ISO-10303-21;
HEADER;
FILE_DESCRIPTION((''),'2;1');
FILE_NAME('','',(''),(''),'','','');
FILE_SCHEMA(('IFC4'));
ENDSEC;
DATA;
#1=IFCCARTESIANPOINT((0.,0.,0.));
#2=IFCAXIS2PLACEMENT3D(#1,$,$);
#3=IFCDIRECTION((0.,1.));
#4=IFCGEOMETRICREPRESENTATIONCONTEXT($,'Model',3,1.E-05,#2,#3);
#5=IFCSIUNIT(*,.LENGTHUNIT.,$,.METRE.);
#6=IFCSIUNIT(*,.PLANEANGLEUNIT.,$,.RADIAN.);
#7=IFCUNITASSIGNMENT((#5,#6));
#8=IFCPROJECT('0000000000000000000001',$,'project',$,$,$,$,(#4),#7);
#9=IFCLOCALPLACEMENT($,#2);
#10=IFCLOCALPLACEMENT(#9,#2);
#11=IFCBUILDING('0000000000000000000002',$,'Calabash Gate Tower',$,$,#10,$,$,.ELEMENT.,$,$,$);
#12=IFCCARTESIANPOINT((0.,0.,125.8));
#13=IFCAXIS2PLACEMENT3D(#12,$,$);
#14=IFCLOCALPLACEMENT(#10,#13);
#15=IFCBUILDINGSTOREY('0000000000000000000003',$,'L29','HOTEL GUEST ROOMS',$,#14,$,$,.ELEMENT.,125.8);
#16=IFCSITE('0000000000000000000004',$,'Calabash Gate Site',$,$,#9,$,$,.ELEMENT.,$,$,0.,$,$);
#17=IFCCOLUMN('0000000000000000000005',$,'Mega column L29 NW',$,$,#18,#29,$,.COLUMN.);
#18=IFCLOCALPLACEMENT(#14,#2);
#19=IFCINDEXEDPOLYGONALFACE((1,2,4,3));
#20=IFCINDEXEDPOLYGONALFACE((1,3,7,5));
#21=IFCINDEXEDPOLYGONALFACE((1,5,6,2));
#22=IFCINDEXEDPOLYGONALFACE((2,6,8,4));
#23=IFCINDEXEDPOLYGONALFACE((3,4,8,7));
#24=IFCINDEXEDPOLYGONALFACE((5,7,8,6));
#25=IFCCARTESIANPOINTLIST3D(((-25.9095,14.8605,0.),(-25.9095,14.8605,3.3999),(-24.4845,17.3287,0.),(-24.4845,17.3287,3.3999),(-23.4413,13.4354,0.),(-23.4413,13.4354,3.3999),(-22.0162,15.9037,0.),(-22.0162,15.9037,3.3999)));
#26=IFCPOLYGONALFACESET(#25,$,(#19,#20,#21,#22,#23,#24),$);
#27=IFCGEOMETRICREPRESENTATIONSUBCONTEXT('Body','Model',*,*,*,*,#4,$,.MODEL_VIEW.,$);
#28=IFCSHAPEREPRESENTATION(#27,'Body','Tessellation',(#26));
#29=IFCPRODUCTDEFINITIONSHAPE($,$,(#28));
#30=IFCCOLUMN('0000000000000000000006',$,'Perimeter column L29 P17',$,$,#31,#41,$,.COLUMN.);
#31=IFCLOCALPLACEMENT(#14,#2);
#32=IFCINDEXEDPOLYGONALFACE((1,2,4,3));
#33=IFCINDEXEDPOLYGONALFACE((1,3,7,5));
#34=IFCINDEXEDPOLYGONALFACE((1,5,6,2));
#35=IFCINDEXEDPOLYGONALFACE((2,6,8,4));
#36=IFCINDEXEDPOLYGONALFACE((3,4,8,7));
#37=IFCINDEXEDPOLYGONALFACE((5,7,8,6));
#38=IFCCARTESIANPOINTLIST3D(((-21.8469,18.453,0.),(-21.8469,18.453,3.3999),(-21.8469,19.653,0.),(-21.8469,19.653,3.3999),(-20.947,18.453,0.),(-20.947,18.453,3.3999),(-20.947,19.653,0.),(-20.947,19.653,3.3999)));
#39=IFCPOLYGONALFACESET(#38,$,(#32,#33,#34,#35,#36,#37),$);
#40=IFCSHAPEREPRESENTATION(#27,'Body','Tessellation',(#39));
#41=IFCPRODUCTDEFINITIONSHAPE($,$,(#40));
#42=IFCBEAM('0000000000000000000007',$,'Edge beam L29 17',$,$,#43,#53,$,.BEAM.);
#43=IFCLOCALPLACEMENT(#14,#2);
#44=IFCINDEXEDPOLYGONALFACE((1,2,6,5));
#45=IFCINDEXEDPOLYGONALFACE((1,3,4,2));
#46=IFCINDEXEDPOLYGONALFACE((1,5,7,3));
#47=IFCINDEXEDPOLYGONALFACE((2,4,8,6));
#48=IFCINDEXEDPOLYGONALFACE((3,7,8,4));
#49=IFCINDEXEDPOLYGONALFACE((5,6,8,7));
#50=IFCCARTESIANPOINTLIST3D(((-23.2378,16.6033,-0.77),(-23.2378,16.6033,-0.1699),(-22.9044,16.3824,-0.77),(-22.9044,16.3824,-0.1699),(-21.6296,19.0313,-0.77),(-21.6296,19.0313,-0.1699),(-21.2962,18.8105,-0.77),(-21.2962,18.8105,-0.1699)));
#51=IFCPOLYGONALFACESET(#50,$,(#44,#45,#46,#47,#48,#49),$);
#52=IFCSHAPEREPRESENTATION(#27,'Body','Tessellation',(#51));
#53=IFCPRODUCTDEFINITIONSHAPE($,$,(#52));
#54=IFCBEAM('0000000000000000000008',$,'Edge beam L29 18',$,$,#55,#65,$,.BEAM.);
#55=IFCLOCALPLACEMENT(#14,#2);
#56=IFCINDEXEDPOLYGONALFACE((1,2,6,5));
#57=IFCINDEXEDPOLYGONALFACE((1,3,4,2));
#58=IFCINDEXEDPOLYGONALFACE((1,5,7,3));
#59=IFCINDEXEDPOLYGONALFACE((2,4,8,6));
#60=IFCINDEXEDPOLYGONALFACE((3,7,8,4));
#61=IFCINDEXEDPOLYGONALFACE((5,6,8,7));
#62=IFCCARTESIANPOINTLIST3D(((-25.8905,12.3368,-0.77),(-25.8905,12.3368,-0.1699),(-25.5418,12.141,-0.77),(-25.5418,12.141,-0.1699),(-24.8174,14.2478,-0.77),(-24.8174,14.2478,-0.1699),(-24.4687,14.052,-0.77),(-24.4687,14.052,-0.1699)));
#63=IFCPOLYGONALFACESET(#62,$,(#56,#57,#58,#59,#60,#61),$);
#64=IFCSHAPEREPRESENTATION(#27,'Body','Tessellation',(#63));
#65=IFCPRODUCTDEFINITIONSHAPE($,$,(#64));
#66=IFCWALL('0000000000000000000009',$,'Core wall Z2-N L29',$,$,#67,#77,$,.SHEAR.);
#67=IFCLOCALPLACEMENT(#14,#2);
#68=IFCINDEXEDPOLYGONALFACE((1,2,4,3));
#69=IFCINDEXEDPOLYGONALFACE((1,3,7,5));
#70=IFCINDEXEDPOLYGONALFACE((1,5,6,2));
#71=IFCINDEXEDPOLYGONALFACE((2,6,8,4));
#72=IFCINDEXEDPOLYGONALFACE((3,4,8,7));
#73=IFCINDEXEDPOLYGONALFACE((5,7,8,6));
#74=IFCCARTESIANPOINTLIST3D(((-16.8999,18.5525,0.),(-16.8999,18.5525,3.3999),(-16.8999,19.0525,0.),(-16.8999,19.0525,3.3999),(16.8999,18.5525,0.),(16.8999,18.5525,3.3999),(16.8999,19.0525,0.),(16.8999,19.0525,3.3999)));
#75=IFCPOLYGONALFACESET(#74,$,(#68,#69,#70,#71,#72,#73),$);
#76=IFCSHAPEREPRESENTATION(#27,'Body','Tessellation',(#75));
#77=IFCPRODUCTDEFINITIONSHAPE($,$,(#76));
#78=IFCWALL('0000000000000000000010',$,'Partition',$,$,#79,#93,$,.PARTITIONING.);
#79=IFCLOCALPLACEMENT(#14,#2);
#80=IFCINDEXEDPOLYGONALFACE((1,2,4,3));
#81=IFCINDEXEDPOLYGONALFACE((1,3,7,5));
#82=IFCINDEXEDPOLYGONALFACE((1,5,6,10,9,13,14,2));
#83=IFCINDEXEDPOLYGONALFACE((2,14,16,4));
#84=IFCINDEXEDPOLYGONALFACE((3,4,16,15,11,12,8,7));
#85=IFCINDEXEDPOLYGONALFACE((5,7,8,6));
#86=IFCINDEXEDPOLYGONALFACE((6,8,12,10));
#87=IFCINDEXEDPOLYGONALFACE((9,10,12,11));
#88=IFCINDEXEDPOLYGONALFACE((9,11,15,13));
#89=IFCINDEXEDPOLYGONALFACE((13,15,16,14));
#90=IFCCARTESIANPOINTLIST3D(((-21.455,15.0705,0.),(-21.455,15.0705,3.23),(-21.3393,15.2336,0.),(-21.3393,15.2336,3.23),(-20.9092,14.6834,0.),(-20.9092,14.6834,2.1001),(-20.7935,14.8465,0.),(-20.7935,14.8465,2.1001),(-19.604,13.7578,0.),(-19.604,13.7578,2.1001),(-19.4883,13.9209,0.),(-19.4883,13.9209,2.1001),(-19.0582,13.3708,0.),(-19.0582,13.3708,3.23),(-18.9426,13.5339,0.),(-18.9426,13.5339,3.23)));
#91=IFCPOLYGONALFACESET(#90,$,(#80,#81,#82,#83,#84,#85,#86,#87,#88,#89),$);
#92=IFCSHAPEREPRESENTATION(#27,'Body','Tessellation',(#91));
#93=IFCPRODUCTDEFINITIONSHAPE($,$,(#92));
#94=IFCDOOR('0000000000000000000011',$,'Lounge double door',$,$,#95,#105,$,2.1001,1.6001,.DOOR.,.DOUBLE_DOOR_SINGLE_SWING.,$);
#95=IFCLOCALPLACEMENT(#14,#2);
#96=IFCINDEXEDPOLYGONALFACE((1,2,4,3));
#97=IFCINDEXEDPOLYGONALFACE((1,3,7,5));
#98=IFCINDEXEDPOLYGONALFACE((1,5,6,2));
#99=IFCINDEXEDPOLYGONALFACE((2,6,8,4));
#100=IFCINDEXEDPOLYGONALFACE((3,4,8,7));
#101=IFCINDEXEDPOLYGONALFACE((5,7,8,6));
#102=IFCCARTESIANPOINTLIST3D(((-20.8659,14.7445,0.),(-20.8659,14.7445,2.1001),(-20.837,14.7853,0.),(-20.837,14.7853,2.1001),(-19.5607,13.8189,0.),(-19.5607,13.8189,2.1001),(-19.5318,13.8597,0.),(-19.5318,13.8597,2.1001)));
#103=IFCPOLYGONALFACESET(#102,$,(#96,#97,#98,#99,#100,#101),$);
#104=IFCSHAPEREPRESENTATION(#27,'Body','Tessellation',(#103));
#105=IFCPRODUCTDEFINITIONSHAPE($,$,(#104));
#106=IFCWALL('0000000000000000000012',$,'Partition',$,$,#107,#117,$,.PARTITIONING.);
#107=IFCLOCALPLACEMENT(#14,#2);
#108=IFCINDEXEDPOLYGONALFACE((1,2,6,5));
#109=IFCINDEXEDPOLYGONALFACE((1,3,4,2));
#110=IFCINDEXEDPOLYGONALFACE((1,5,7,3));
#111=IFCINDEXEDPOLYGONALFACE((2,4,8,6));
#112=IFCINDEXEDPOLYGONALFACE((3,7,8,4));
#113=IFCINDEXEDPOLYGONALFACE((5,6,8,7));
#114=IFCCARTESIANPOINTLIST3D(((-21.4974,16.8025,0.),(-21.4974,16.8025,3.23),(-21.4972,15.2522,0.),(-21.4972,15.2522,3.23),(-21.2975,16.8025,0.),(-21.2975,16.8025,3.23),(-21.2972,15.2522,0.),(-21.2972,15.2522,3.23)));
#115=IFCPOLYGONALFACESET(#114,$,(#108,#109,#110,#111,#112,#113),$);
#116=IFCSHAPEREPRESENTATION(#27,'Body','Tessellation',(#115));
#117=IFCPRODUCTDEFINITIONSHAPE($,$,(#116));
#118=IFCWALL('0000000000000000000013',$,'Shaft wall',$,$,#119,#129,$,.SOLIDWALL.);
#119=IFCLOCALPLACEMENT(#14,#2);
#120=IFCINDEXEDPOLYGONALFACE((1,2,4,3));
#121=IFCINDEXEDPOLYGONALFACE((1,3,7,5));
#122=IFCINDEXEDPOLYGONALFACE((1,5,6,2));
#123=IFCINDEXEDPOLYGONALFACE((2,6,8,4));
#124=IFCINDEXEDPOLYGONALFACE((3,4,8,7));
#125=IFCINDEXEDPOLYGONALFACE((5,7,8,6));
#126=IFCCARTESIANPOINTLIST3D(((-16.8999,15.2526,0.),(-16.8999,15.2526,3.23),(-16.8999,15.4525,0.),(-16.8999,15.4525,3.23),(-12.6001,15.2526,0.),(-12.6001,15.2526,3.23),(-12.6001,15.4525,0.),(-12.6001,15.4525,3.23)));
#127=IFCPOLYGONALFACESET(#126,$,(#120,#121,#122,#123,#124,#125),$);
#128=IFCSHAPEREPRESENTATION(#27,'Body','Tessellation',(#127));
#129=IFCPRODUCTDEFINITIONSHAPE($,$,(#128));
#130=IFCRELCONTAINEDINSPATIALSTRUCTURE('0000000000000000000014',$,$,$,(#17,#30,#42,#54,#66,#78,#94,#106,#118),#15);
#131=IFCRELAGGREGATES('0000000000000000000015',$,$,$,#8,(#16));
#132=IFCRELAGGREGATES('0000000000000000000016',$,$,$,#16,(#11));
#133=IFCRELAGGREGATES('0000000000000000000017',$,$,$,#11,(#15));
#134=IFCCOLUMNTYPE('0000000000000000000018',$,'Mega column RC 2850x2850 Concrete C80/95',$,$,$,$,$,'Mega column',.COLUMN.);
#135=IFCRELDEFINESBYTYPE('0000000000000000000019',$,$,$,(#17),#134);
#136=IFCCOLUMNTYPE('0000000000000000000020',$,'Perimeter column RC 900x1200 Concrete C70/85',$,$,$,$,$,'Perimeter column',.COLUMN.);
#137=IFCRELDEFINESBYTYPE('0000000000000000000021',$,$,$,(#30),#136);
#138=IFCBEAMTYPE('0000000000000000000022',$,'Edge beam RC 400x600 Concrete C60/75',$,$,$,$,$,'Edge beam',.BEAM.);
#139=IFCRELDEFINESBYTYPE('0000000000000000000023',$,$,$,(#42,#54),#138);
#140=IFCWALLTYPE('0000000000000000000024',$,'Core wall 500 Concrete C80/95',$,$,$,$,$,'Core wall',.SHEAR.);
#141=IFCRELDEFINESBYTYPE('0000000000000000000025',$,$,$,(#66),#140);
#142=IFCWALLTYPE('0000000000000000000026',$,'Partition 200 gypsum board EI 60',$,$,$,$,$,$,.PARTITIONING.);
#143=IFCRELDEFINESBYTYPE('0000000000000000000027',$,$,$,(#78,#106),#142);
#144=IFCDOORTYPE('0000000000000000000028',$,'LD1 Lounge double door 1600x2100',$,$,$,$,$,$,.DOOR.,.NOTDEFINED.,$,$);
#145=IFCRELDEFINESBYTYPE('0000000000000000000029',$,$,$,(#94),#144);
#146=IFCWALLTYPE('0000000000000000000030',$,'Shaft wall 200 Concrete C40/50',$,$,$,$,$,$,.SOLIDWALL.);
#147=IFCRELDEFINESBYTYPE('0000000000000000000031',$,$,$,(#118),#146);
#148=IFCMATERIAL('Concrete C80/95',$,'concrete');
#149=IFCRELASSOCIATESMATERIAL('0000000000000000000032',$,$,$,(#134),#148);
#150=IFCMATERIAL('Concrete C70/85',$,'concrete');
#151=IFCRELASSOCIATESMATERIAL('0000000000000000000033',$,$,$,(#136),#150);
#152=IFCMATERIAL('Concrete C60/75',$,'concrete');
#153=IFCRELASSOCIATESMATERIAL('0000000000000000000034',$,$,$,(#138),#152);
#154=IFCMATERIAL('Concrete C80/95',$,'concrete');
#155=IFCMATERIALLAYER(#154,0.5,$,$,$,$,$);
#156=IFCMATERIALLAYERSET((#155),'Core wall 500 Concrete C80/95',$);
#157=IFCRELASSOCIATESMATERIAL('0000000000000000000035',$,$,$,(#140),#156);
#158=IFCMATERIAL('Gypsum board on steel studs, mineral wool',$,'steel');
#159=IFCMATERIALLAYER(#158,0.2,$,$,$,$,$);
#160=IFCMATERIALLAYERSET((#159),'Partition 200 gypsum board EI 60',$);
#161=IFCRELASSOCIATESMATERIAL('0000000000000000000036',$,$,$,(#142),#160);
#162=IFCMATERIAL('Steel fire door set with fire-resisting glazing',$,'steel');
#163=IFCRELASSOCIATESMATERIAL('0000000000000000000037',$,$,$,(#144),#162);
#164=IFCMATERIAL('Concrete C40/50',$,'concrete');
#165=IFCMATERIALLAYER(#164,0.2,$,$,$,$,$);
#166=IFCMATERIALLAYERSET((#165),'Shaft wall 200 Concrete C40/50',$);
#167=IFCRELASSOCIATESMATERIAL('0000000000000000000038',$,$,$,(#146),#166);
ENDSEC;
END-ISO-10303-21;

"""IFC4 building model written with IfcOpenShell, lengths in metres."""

from ifc_helpers import new_model, si_unit, direction, frame, frame_2d, origin, origin_2d, place, context, subcontext, project, spatial, rectangle, extrude, material, layer, layer_set, material_profile, profile_set, type_object, element, fill, save


model = new_model("IFC4")

# Units and contexts
model_context = context("Model", 3, precision=1e-05, world=origin(), true_north=direction((0.0, 1.0)))
body_context = subcontext(model_context, "Body", "Model", "MODEL_VIEW")
ifc_project = project(units=[si_unit("LENGTHUNIT", "METRE"), si_unit("PLANEANGLEUNIT", "RADIAN")], contexts=[model_context])

# Site, building, storey
site_placement = place(None, origin())
site = spatial("IfcSite", under=ifc_project, at=site_placement, Name="Calabash Gate Site", CompositionType="ELEMENT", RefElevation=0.0)
building_placement = place(site_placement, origin())
building = spatial("IfcBuilding", under=site, at=building_placement, Name="Calabash Gate Tower", CompositionType="ELEMENT")
storey_placement = place(building_placement, frame((0.0, 0.0, 125.8)))
storey = spatial("IfcBuildingStorey", under=building, at=storey_placement, Name="L29", Description="HOTEL GUEST ROOMS", CompositionType="ELEMENT", Elevation=125.8)

# Columns
ifc_material_1 = material(Name="Concrete C80/95", Category="concrete")
ifc_material_profile_1 = material_profile(ifc_material_1, rectangle(XDim=2.8501, YDim=2.8501, at=origin_2d()))
ifc_profile_set_1 = profile_set([ifc_material_profile_1], Name="Concrete C80/95")
column_type_1 = type_object("IfcColumnType", Name="Mega column RC 2850x2850 Concrete C80/95", ElementType="Mega column", PredefinedType="COLUMN", material=ifc_profile_set_1)
column_1_placement = place(storey_placement, frame((-23.9629, 15.3821, 0.0), z_axis=(0.0, 0.0, 1.0), x_axis=(0.866025, -0.5, 0.0)))
element("IfcColumn", 1, at=column_1_placement, inside=storey, type_object=column_type_1, Name="Mega column L29 NW", PredefinedType="COLUMN", context=body_context, shape_type="SweptSolid", body=[
    extrude(rectangle(XDim=2.8501, YDim=2.8501, at=origin_2d()), origin(), (0.0, 0.0, 1.0), 3.3999),
])
ifc_material_2 = material(Name="Concrete C70/85", Category="concrete")
ifc_material_profile_2 = material_profile(ifc_material_2, rectangle(XDim=0.8999, YDim=1.2, at=origin_2d()))
ifc_profile_set_2 = profile_set([ifc_material_profile_2], Name="Concrete C70/85")
column_type_2 = type_object("IfcColumnType", Name="Perimeter column RC 900x1200 Concrete C70/85", ElementType="Perimeter column", PredefinedType="COLUMN", material=ifc_profile_set_2)
column_2_placement = place(storey_placement, frame((-21.397, 19.053, 0.0), z_axis=(0.0, 0.0, 1.0), x_axis=(-1.0, 0.0, 0.0)))
element("IfcColumn", 2, at=column_2_placement, inside=storey, type_object=column_type_2, Name="Perimeter column L29 P17", PredefinedType="COLUMN", context=body_context, shape_type="SweptSolid", body=[
    extrude(rectangle(XDim=0.8999, YDim=1.2, at=origin_2d()), origin(), (0.0, 0.0, 1.0), 3.3999),
])

# Beams
ifc_material_3 = material(Name="Concrete C60/75", Category="concrete")
ifc_material_profile_3 = material_profile(ifc_material_3, rectangle(XDim=0.3999, YDim=0.6001, at=origin_2d()))
ifc_profile_set_3 = profile_set([ifc_material_profile_3], Name="Concrete C60/75")
beam_type = type_object("IfcBeamType", Name="Edge beam RC 400x600 Concrete C60/75", ElementType="Edge beam", PredefinedType="BEAM", material=ifc_profile_set_3)
beam_1_placement = place(storey_placement, frame((-21.4629, 18.9209, -0.47), z_axis=(-0.552202, -0.83371, 0.0), x_axis=(0.83371, -0.552202, 0.0)))
element("IfcBeam", 3, at=beam_1_placement, inside=storey, type_object=beam_type, Name="Edge beam L29 17", PredefinedType="BEAM", context=body_context, shape_type="SweptSolid", body=[
    extrude(rectangle(XDim=0.3999, YDim=0.6001, at=origin_2d()), origin(), (0.0, 0.0, 1.0), 2.9124),
])
beam_2_placement = place(storey_placement, frame((-24.6431, 14.1499, -0.47), z_axis=(-0.489611, -0.871941, 0.0), x_axis=(0.871941, -0.489611, 0.0)))
element("IfcBeam", 4, at=beam_2_placement, inside=storey, type_object=beam_type, Name="Edge beam L29 18", PredefinedType="BEAM", context=body_context, shape_type="SweptSolid", body=[
    extrude(rectangle(XDim=0.3999, YDim=0.6001, at=origin_2d()), origin(), (0.0, 0.0, 1.0), 2.1917),
])

# Wall
ifc_material_4 = material(Name="Concrete C80/95", Category="concrete")
ifc_layer_1 = layer(ifc_material_4, 0.5)
ifc_layer_set_1 = layer_set([ifc_layer_1], Name="Core wall 500 Concrete C80/95")
wall_type_1 = type_object("IfcWallType", Name="Core wall 500 Concrete C80/95", ElementType="Core wall", PredefinedType="SHEAR", material=ifc_layer_set_1)
wall_1_placement = place(storey_placement, frame((-16.8999, 18.8025, 0.0), z_axis=(0.0, 0.0, 1.0), x_axis=(1.0, 0.0, 0.0)))
element("IfcWall", 5, at=wall_1_placement, inside=storey, type_object=wall_type_1, Name="Core wall Z2-N L29", PredefinedType="SHEAR", context=body_context, shape_type="SweptSolid", body=[
    extrude(rectangle(XDim=33.7998, YDim=0.5, at=frame_2d((16.8999, 0.0))), origin(), (0.0, 0.0, 1.0), 3.3999),
])

# Wall, opening, door
ifc_material_5 = material(Name="Gypsum board on steel studs, mineral wool", Category="steel")
ifc_layer_2 = layer(ifc_material_5, 0.2)
ifc_layer_set_2 = layer_set([ifc_layer_2], Name="Partition 200 gypsum board EI 60")
wall_type_2 = type_object("IfcWallType", Name="Partition 200 gypsum board EI 60", PredefinedType="PARTITIONING", material=ifc_layer_set_2)
wall_2_placement = place(storey_placement, frame((-21.3972, 15.1521, 0.0), z_axis=(0.0, 0.0, 1.0), x_axis=(0.815699, -0.578476, 0.0)))
wall_2 = element("IfcWall", 6, at=wall_2_placement, inside=storey, type_object=wall_type_2, Name="Partition", PredefinedType="PARTITIONING", context=body_context, shape_type="SweptSolid", body=[
    extrude(rectangle(XDim=2.9382, YDim=0.2, at=frame_2d((1.4692, 0.0))), origin(), (0.0, 0.0, 1.0), 3.23),
])
opening_1_placement = place(wall_2_placement, frame((0.6692, 0.0, 0.0)))
opening_1 = element("IfcOpeningElement", 7, at=opening_1_placement, cuts=wall_2, PredefinedType="OPENING", context=body_context, shape_type="SweptSolid", body=[
    extrude(rectangle(XDim=1.6001, YDim=2.1001, at=frame_2d((0.8, 1.05))), frame((0.0, 0.1099, 0.0), z_axis=(0.0, -1.0, 0.0), x_axis=(1.0, 0.0, 0.0)), (0.0, 0.0, 1.0), 0.22),
])
ifc_material_6 = material(Name="Steel fire door set with fire-resisting glazing", Category="steel")
door_type_1 = type_object("IfcDoorType", Name="LD1 Lounge double door 1600x2100", OperationType="NOTDEFINED", PredefinedType="DOOR", material=ifc_material_6)
door_1_placement = place(opening_1_placement, origin())
door_1 = element("IfcDoor", 8, at=door_1_placement, inside=storey, type_object=door_type_1, Name="Lounge double door", OperationType="DOUBLE_DOOR_SINGLE_SWING", OverallHeight=2.1001, OverallWidth=1.6001, PredefinedType="DOOR", context=body_context, shape_type="SweptSolid", body=[
    extrude(rectangle(XDim=1.6001, YDim=2.1001, at=frame_2d((0.8, 1.05))), frame((0.0, 0.0249, 0.0), z_axis=(0.0, -1.0, 0.0), x_axis=(1.0, 0.0, 0.0)), (0.0, 0.0, 1.0), 0.05),
])
fill(opening_1, door_1)

# Walls
wall_3_placement = place(storey_placement, frame((-21.3975, 16.8025, 0.0), z_axis=(0.0, 0.0, 1.0), x_axis=(0.000157, -1.0, 0.0)))
element("IfcWall", 9, at=wall_3_placement, inside=storey, type_object=wall_type_2, Name="Partition", PredefinedType="PARTITIONING", context=body_context, shape_type="SweptSolid", body=[
    extrude(rectangle(XDim=1.5503, YDim=0.2, at=frame_2d((0.7751, 0.0))), origin(), (0.0, 0.0, 1.0), 3.23),
])
ifc_material_7 = material(Name="Concrete C40/50", Category="concrete")
ifc_layer_3 = layer(ifc_material_7, 0.2)
ifc_layer_set_3 = layer_set([ifc_layer_3], Name="Shaft wall 200 Concrete C40/50")
wall_type_3 = type_object("IfcWallType", Name="Shaft wall 200 Concrete C40/50", PredefinedType="SOLIDWALL", material=ifc_layer_set_3)
wall_4_placement = place(storey_placement, frame((-16.8999, 15.3525, 0.0), z_axis=(0.0, 0.0, 1.0), x_axis=(1.0, 0.0, 0.0)))
element("IfcWall", 10, at=wall_4_placement, inside=storey, type_object=wall_type_3, Name="Shaft wall", PredefinedType="SOLIDWALL", context=body_context, shape_type="SweptSolid", body=[
    extrude(rectangle(XDim=4.2998, YDim=0.2, at=frame_2d((2.1499, 0.0))), origin(), (0.0, 0.0, 1.0), 3.23),
])

save(model, "model.ifc")
